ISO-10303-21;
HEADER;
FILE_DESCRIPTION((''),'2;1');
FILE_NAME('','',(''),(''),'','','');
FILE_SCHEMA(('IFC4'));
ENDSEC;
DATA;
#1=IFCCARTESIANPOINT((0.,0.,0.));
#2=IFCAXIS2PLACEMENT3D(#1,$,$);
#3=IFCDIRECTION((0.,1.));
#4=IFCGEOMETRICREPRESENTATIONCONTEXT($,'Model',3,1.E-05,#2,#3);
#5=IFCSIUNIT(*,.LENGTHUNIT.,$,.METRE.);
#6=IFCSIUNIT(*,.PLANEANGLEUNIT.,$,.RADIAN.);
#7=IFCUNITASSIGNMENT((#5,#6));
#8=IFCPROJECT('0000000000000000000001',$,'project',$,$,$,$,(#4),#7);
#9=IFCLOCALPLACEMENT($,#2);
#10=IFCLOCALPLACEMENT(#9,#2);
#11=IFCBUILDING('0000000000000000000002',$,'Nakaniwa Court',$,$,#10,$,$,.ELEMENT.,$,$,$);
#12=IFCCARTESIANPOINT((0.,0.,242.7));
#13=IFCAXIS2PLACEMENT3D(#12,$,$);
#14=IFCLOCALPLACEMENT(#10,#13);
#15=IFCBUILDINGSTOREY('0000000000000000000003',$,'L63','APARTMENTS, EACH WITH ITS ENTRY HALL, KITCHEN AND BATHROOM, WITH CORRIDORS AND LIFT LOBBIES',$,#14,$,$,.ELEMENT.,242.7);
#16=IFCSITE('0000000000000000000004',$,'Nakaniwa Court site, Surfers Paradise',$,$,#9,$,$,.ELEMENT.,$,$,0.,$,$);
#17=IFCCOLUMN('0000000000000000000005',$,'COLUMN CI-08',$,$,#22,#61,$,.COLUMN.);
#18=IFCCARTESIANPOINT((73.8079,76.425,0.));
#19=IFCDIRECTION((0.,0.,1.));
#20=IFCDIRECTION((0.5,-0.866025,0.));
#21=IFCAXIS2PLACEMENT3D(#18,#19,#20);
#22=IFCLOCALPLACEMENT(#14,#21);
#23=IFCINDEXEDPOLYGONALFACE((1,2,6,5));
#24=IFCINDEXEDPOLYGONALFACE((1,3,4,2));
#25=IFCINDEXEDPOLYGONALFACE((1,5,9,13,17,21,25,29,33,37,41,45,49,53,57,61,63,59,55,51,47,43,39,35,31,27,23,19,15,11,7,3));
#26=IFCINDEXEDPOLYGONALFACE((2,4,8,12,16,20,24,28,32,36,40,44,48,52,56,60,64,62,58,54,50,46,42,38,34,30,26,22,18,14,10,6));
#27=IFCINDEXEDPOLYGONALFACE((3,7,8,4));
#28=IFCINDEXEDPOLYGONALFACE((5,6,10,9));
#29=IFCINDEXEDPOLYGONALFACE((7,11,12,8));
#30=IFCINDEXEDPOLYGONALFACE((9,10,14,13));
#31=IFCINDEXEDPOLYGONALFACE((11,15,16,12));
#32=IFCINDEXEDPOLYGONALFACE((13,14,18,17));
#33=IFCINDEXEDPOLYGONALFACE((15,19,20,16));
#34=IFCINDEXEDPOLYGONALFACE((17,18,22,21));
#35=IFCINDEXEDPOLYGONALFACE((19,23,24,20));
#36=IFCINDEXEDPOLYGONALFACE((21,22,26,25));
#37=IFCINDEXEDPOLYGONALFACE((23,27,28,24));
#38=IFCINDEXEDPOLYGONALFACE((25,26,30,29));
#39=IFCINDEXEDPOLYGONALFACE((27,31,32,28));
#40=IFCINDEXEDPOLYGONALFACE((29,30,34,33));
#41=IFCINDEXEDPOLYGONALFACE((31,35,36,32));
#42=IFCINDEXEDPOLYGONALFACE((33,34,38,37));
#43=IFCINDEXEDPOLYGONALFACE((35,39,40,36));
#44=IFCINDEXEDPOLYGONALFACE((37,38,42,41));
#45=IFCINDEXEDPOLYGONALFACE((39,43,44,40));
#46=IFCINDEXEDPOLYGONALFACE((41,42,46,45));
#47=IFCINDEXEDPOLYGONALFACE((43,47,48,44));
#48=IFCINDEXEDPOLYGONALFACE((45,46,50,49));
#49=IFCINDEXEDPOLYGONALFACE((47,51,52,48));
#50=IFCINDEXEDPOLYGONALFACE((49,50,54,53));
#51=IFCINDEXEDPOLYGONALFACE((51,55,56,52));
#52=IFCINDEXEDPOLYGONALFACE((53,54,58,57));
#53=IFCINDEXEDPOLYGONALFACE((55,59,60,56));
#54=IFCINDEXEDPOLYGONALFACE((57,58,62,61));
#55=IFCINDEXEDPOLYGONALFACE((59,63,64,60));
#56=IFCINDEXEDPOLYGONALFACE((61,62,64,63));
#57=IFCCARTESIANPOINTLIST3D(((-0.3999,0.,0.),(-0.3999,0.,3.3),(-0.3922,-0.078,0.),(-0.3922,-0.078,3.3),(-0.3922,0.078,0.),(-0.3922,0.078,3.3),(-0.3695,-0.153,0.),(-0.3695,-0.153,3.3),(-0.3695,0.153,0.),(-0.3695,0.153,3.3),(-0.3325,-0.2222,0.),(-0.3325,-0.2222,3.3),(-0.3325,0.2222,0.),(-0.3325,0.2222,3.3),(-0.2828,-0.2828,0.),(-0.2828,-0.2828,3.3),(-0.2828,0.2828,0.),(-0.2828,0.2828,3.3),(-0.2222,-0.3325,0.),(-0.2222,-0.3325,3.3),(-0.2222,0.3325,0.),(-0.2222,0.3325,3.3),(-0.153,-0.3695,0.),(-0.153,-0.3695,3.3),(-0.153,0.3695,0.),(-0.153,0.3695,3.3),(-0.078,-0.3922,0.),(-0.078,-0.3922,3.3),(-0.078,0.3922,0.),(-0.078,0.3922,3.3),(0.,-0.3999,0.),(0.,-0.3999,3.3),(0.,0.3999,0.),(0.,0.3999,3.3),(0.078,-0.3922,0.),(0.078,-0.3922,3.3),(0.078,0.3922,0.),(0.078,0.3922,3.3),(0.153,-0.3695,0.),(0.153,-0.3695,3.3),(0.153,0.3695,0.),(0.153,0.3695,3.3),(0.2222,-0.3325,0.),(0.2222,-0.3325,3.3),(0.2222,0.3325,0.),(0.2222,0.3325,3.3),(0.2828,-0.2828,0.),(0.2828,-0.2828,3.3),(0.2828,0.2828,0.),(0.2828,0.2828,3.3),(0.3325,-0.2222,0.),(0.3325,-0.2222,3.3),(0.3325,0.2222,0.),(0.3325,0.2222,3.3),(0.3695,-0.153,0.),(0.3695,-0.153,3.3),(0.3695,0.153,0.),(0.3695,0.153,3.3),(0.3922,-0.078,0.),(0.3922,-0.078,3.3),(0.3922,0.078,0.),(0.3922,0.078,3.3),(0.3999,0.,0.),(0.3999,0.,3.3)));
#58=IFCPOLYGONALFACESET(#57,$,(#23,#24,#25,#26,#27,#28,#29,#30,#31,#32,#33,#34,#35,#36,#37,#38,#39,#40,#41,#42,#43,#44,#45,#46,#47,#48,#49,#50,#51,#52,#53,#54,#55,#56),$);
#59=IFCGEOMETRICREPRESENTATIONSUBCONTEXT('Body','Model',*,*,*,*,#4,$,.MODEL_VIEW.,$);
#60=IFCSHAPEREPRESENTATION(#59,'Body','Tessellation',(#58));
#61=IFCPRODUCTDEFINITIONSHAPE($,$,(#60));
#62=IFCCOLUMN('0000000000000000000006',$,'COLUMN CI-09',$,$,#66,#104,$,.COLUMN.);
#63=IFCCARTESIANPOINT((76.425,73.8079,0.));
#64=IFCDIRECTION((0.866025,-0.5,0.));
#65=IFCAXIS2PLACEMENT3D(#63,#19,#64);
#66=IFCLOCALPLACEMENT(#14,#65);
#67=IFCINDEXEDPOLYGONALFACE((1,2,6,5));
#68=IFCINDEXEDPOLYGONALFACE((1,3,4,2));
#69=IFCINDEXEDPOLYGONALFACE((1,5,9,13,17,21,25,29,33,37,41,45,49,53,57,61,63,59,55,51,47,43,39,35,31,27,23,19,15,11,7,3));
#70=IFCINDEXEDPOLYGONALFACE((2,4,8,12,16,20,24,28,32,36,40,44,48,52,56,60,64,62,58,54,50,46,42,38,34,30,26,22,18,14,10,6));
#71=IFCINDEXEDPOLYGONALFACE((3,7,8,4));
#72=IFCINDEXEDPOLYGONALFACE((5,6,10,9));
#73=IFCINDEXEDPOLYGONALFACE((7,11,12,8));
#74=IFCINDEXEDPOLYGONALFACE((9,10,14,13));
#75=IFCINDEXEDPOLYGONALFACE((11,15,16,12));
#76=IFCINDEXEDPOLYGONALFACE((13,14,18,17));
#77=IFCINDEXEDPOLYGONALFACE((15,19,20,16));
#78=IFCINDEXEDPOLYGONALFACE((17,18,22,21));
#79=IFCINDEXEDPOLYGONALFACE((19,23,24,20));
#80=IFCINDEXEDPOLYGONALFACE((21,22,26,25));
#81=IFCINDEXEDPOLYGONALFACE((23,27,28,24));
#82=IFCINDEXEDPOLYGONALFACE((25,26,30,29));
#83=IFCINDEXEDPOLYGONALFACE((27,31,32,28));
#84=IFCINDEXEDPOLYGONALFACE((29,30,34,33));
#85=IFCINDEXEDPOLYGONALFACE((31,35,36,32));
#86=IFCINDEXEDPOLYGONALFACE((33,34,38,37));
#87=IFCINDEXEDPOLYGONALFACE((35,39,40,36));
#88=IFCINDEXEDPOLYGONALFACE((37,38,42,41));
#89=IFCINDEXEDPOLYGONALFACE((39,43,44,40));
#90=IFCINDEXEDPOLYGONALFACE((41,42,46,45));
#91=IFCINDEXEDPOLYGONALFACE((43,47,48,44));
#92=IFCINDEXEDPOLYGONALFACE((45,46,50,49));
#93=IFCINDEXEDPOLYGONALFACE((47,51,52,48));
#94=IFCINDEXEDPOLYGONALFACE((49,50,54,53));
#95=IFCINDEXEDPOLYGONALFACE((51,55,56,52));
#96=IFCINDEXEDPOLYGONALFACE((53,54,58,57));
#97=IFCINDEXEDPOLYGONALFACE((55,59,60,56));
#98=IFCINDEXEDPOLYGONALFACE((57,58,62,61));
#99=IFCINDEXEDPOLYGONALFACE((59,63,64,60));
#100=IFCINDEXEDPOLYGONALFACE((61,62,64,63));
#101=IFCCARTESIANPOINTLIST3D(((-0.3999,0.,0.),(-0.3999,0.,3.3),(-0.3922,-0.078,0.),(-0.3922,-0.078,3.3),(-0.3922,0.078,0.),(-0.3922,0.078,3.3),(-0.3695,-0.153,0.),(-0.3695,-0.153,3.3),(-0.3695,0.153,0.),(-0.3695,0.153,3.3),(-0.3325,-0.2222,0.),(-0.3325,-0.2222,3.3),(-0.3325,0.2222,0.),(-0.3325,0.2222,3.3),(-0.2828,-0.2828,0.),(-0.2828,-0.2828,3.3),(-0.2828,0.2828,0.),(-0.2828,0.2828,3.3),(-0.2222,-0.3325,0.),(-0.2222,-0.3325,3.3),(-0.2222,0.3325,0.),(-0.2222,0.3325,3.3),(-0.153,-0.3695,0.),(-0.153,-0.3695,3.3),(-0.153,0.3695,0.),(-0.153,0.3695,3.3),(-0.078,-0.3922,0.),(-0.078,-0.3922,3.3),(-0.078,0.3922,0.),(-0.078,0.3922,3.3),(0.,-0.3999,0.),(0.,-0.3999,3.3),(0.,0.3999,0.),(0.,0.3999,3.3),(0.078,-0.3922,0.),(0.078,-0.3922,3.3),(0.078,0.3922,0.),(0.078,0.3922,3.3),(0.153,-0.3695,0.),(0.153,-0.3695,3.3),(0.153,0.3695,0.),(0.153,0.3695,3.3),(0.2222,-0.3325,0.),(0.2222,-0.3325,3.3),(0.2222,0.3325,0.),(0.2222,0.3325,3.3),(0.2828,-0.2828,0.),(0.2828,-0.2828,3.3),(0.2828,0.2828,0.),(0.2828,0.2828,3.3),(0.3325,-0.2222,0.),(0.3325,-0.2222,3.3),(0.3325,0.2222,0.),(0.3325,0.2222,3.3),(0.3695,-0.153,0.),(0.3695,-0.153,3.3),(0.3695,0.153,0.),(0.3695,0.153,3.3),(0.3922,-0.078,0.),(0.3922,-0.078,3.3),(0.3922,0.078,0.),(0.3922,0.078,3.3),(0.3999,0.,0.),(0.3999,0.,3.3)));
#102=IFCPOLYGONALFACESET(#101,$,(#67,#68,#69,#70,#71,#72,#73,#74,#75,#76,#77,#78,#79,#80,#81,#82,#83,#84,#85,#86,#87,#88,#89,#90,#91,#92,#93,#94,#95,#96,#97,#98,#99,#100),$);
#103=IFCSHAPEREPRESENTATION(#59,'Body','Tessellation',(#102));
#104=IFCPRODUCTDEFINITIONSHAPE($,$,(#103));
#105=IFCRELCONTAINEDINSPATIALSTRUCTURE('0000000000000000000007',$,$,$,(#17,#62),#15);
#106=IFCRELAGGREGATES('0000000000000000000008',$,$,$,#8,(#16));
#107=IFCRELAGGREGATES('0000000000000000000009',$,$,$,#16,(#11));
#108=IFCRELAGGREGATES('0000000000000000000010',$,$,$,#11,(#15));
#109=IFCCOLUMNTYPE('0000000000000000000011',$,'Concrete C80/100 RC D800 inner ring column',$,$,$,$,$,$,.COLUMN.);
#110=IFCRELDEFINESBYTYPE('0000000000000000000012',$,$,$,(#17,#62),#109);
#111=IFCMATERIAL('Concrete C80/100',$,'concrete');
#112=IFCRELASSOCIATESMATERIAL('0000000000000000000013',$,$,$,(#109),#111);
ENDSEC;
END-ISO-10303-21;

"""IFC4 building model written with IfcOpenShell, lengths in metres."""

from ifc_helpers import new_model, si_unit, direction, frame, origin, origin_2d, place, context, subcontext, project, spatial, circle, extrude, material, material_profile, profile_set, type_object, element, save


model = new_model("IFC4")

# Units and contexts
model_context = context("Model", 3, precision=1e-05, world=origin(), true_north=direction((0.0, 1.0)))
body_context = subcontext(model_context, "Body", "Model", "MODEL_VIEW")
ifc_project = project(units=[si_unit("LENGTHUNIT", "METRE"), si_unit("PLANEANGLEUNIT", "RADIAN")], contexts=[model_context])

# Site, building, storey
site_placement = place(None, origin())
site = spatial("IfcSite", under=ifc_project, at=site_placement, Name="Nakaniwa Court site, Surfers Paradise", CompositionType="ELEMENT", RefElevation=0.0)
building_placement = place(site_placement, origin())
building = spatial("IfcBuilding", under=site, at=building_placement, Name="Nakaniwa Court", CompositionType="ELEMENT")
storey_placement = place(building_placement, frame((0.0, 0.0, 242.7)))
storey = spatial("IfcBuildingStorey", under=building, at=storey_placement, Name="L63", Description="APARTMENTS, EACH WITH ITS ENTRY HALL, KITCHEN AND BATHROOM, WITH CORRIDORS AND LIFT LOBBIES", CompositionType="ELEMENT", Elevation=242.7)

# Columns
ifc_material_1 = material(Name="Concrete C80/100", Category="concrete")
ifc_material_profile_1 = material_profile(ifc_material_1, circle(Radius=0.3999, at=origin_2d()), Name="Concrete C80/100 RC D800 inner ring column")
ifc_profile_set_1 = profile_set([ifc_material_profile_1], Name="Concrete C80/100")
column_type_1 = type_object("IfcColumnType", Name="Concrete C80/100 RC D800 inner ring column", PredefinedType="COLUMN", material=ifc_profile_set_1)
for number, where, z_axis, x_axis, name in (
    (1, (73.8079, 76.425, 0.0), (0.0, 0.0, 1.0), (0.5, -0.866025, 0.0), "COLUMN CI-08"),
    (2, (76.425, 73.8079, 0.0), (0.0, 0.0, 1.0), (0.866025, -0.5, 0.0), "COLUMN CI-09"),
):
    element("IfcColumn", number, at=place(storey_placement, frame(where, z_axis=z_axis, x_axis=x_axis)), inside=storey, type_object=column_type_1, Name=name, PredefinedType="COLUMN", context=body_context, shape_type="SweptSolid", body=[
        extrude(circle(Radius=0.3999, at=origin_2d()), origin(), (0.0, 0.0, 1.0), 3.3),
    ])

save(model, "model.ifc")
